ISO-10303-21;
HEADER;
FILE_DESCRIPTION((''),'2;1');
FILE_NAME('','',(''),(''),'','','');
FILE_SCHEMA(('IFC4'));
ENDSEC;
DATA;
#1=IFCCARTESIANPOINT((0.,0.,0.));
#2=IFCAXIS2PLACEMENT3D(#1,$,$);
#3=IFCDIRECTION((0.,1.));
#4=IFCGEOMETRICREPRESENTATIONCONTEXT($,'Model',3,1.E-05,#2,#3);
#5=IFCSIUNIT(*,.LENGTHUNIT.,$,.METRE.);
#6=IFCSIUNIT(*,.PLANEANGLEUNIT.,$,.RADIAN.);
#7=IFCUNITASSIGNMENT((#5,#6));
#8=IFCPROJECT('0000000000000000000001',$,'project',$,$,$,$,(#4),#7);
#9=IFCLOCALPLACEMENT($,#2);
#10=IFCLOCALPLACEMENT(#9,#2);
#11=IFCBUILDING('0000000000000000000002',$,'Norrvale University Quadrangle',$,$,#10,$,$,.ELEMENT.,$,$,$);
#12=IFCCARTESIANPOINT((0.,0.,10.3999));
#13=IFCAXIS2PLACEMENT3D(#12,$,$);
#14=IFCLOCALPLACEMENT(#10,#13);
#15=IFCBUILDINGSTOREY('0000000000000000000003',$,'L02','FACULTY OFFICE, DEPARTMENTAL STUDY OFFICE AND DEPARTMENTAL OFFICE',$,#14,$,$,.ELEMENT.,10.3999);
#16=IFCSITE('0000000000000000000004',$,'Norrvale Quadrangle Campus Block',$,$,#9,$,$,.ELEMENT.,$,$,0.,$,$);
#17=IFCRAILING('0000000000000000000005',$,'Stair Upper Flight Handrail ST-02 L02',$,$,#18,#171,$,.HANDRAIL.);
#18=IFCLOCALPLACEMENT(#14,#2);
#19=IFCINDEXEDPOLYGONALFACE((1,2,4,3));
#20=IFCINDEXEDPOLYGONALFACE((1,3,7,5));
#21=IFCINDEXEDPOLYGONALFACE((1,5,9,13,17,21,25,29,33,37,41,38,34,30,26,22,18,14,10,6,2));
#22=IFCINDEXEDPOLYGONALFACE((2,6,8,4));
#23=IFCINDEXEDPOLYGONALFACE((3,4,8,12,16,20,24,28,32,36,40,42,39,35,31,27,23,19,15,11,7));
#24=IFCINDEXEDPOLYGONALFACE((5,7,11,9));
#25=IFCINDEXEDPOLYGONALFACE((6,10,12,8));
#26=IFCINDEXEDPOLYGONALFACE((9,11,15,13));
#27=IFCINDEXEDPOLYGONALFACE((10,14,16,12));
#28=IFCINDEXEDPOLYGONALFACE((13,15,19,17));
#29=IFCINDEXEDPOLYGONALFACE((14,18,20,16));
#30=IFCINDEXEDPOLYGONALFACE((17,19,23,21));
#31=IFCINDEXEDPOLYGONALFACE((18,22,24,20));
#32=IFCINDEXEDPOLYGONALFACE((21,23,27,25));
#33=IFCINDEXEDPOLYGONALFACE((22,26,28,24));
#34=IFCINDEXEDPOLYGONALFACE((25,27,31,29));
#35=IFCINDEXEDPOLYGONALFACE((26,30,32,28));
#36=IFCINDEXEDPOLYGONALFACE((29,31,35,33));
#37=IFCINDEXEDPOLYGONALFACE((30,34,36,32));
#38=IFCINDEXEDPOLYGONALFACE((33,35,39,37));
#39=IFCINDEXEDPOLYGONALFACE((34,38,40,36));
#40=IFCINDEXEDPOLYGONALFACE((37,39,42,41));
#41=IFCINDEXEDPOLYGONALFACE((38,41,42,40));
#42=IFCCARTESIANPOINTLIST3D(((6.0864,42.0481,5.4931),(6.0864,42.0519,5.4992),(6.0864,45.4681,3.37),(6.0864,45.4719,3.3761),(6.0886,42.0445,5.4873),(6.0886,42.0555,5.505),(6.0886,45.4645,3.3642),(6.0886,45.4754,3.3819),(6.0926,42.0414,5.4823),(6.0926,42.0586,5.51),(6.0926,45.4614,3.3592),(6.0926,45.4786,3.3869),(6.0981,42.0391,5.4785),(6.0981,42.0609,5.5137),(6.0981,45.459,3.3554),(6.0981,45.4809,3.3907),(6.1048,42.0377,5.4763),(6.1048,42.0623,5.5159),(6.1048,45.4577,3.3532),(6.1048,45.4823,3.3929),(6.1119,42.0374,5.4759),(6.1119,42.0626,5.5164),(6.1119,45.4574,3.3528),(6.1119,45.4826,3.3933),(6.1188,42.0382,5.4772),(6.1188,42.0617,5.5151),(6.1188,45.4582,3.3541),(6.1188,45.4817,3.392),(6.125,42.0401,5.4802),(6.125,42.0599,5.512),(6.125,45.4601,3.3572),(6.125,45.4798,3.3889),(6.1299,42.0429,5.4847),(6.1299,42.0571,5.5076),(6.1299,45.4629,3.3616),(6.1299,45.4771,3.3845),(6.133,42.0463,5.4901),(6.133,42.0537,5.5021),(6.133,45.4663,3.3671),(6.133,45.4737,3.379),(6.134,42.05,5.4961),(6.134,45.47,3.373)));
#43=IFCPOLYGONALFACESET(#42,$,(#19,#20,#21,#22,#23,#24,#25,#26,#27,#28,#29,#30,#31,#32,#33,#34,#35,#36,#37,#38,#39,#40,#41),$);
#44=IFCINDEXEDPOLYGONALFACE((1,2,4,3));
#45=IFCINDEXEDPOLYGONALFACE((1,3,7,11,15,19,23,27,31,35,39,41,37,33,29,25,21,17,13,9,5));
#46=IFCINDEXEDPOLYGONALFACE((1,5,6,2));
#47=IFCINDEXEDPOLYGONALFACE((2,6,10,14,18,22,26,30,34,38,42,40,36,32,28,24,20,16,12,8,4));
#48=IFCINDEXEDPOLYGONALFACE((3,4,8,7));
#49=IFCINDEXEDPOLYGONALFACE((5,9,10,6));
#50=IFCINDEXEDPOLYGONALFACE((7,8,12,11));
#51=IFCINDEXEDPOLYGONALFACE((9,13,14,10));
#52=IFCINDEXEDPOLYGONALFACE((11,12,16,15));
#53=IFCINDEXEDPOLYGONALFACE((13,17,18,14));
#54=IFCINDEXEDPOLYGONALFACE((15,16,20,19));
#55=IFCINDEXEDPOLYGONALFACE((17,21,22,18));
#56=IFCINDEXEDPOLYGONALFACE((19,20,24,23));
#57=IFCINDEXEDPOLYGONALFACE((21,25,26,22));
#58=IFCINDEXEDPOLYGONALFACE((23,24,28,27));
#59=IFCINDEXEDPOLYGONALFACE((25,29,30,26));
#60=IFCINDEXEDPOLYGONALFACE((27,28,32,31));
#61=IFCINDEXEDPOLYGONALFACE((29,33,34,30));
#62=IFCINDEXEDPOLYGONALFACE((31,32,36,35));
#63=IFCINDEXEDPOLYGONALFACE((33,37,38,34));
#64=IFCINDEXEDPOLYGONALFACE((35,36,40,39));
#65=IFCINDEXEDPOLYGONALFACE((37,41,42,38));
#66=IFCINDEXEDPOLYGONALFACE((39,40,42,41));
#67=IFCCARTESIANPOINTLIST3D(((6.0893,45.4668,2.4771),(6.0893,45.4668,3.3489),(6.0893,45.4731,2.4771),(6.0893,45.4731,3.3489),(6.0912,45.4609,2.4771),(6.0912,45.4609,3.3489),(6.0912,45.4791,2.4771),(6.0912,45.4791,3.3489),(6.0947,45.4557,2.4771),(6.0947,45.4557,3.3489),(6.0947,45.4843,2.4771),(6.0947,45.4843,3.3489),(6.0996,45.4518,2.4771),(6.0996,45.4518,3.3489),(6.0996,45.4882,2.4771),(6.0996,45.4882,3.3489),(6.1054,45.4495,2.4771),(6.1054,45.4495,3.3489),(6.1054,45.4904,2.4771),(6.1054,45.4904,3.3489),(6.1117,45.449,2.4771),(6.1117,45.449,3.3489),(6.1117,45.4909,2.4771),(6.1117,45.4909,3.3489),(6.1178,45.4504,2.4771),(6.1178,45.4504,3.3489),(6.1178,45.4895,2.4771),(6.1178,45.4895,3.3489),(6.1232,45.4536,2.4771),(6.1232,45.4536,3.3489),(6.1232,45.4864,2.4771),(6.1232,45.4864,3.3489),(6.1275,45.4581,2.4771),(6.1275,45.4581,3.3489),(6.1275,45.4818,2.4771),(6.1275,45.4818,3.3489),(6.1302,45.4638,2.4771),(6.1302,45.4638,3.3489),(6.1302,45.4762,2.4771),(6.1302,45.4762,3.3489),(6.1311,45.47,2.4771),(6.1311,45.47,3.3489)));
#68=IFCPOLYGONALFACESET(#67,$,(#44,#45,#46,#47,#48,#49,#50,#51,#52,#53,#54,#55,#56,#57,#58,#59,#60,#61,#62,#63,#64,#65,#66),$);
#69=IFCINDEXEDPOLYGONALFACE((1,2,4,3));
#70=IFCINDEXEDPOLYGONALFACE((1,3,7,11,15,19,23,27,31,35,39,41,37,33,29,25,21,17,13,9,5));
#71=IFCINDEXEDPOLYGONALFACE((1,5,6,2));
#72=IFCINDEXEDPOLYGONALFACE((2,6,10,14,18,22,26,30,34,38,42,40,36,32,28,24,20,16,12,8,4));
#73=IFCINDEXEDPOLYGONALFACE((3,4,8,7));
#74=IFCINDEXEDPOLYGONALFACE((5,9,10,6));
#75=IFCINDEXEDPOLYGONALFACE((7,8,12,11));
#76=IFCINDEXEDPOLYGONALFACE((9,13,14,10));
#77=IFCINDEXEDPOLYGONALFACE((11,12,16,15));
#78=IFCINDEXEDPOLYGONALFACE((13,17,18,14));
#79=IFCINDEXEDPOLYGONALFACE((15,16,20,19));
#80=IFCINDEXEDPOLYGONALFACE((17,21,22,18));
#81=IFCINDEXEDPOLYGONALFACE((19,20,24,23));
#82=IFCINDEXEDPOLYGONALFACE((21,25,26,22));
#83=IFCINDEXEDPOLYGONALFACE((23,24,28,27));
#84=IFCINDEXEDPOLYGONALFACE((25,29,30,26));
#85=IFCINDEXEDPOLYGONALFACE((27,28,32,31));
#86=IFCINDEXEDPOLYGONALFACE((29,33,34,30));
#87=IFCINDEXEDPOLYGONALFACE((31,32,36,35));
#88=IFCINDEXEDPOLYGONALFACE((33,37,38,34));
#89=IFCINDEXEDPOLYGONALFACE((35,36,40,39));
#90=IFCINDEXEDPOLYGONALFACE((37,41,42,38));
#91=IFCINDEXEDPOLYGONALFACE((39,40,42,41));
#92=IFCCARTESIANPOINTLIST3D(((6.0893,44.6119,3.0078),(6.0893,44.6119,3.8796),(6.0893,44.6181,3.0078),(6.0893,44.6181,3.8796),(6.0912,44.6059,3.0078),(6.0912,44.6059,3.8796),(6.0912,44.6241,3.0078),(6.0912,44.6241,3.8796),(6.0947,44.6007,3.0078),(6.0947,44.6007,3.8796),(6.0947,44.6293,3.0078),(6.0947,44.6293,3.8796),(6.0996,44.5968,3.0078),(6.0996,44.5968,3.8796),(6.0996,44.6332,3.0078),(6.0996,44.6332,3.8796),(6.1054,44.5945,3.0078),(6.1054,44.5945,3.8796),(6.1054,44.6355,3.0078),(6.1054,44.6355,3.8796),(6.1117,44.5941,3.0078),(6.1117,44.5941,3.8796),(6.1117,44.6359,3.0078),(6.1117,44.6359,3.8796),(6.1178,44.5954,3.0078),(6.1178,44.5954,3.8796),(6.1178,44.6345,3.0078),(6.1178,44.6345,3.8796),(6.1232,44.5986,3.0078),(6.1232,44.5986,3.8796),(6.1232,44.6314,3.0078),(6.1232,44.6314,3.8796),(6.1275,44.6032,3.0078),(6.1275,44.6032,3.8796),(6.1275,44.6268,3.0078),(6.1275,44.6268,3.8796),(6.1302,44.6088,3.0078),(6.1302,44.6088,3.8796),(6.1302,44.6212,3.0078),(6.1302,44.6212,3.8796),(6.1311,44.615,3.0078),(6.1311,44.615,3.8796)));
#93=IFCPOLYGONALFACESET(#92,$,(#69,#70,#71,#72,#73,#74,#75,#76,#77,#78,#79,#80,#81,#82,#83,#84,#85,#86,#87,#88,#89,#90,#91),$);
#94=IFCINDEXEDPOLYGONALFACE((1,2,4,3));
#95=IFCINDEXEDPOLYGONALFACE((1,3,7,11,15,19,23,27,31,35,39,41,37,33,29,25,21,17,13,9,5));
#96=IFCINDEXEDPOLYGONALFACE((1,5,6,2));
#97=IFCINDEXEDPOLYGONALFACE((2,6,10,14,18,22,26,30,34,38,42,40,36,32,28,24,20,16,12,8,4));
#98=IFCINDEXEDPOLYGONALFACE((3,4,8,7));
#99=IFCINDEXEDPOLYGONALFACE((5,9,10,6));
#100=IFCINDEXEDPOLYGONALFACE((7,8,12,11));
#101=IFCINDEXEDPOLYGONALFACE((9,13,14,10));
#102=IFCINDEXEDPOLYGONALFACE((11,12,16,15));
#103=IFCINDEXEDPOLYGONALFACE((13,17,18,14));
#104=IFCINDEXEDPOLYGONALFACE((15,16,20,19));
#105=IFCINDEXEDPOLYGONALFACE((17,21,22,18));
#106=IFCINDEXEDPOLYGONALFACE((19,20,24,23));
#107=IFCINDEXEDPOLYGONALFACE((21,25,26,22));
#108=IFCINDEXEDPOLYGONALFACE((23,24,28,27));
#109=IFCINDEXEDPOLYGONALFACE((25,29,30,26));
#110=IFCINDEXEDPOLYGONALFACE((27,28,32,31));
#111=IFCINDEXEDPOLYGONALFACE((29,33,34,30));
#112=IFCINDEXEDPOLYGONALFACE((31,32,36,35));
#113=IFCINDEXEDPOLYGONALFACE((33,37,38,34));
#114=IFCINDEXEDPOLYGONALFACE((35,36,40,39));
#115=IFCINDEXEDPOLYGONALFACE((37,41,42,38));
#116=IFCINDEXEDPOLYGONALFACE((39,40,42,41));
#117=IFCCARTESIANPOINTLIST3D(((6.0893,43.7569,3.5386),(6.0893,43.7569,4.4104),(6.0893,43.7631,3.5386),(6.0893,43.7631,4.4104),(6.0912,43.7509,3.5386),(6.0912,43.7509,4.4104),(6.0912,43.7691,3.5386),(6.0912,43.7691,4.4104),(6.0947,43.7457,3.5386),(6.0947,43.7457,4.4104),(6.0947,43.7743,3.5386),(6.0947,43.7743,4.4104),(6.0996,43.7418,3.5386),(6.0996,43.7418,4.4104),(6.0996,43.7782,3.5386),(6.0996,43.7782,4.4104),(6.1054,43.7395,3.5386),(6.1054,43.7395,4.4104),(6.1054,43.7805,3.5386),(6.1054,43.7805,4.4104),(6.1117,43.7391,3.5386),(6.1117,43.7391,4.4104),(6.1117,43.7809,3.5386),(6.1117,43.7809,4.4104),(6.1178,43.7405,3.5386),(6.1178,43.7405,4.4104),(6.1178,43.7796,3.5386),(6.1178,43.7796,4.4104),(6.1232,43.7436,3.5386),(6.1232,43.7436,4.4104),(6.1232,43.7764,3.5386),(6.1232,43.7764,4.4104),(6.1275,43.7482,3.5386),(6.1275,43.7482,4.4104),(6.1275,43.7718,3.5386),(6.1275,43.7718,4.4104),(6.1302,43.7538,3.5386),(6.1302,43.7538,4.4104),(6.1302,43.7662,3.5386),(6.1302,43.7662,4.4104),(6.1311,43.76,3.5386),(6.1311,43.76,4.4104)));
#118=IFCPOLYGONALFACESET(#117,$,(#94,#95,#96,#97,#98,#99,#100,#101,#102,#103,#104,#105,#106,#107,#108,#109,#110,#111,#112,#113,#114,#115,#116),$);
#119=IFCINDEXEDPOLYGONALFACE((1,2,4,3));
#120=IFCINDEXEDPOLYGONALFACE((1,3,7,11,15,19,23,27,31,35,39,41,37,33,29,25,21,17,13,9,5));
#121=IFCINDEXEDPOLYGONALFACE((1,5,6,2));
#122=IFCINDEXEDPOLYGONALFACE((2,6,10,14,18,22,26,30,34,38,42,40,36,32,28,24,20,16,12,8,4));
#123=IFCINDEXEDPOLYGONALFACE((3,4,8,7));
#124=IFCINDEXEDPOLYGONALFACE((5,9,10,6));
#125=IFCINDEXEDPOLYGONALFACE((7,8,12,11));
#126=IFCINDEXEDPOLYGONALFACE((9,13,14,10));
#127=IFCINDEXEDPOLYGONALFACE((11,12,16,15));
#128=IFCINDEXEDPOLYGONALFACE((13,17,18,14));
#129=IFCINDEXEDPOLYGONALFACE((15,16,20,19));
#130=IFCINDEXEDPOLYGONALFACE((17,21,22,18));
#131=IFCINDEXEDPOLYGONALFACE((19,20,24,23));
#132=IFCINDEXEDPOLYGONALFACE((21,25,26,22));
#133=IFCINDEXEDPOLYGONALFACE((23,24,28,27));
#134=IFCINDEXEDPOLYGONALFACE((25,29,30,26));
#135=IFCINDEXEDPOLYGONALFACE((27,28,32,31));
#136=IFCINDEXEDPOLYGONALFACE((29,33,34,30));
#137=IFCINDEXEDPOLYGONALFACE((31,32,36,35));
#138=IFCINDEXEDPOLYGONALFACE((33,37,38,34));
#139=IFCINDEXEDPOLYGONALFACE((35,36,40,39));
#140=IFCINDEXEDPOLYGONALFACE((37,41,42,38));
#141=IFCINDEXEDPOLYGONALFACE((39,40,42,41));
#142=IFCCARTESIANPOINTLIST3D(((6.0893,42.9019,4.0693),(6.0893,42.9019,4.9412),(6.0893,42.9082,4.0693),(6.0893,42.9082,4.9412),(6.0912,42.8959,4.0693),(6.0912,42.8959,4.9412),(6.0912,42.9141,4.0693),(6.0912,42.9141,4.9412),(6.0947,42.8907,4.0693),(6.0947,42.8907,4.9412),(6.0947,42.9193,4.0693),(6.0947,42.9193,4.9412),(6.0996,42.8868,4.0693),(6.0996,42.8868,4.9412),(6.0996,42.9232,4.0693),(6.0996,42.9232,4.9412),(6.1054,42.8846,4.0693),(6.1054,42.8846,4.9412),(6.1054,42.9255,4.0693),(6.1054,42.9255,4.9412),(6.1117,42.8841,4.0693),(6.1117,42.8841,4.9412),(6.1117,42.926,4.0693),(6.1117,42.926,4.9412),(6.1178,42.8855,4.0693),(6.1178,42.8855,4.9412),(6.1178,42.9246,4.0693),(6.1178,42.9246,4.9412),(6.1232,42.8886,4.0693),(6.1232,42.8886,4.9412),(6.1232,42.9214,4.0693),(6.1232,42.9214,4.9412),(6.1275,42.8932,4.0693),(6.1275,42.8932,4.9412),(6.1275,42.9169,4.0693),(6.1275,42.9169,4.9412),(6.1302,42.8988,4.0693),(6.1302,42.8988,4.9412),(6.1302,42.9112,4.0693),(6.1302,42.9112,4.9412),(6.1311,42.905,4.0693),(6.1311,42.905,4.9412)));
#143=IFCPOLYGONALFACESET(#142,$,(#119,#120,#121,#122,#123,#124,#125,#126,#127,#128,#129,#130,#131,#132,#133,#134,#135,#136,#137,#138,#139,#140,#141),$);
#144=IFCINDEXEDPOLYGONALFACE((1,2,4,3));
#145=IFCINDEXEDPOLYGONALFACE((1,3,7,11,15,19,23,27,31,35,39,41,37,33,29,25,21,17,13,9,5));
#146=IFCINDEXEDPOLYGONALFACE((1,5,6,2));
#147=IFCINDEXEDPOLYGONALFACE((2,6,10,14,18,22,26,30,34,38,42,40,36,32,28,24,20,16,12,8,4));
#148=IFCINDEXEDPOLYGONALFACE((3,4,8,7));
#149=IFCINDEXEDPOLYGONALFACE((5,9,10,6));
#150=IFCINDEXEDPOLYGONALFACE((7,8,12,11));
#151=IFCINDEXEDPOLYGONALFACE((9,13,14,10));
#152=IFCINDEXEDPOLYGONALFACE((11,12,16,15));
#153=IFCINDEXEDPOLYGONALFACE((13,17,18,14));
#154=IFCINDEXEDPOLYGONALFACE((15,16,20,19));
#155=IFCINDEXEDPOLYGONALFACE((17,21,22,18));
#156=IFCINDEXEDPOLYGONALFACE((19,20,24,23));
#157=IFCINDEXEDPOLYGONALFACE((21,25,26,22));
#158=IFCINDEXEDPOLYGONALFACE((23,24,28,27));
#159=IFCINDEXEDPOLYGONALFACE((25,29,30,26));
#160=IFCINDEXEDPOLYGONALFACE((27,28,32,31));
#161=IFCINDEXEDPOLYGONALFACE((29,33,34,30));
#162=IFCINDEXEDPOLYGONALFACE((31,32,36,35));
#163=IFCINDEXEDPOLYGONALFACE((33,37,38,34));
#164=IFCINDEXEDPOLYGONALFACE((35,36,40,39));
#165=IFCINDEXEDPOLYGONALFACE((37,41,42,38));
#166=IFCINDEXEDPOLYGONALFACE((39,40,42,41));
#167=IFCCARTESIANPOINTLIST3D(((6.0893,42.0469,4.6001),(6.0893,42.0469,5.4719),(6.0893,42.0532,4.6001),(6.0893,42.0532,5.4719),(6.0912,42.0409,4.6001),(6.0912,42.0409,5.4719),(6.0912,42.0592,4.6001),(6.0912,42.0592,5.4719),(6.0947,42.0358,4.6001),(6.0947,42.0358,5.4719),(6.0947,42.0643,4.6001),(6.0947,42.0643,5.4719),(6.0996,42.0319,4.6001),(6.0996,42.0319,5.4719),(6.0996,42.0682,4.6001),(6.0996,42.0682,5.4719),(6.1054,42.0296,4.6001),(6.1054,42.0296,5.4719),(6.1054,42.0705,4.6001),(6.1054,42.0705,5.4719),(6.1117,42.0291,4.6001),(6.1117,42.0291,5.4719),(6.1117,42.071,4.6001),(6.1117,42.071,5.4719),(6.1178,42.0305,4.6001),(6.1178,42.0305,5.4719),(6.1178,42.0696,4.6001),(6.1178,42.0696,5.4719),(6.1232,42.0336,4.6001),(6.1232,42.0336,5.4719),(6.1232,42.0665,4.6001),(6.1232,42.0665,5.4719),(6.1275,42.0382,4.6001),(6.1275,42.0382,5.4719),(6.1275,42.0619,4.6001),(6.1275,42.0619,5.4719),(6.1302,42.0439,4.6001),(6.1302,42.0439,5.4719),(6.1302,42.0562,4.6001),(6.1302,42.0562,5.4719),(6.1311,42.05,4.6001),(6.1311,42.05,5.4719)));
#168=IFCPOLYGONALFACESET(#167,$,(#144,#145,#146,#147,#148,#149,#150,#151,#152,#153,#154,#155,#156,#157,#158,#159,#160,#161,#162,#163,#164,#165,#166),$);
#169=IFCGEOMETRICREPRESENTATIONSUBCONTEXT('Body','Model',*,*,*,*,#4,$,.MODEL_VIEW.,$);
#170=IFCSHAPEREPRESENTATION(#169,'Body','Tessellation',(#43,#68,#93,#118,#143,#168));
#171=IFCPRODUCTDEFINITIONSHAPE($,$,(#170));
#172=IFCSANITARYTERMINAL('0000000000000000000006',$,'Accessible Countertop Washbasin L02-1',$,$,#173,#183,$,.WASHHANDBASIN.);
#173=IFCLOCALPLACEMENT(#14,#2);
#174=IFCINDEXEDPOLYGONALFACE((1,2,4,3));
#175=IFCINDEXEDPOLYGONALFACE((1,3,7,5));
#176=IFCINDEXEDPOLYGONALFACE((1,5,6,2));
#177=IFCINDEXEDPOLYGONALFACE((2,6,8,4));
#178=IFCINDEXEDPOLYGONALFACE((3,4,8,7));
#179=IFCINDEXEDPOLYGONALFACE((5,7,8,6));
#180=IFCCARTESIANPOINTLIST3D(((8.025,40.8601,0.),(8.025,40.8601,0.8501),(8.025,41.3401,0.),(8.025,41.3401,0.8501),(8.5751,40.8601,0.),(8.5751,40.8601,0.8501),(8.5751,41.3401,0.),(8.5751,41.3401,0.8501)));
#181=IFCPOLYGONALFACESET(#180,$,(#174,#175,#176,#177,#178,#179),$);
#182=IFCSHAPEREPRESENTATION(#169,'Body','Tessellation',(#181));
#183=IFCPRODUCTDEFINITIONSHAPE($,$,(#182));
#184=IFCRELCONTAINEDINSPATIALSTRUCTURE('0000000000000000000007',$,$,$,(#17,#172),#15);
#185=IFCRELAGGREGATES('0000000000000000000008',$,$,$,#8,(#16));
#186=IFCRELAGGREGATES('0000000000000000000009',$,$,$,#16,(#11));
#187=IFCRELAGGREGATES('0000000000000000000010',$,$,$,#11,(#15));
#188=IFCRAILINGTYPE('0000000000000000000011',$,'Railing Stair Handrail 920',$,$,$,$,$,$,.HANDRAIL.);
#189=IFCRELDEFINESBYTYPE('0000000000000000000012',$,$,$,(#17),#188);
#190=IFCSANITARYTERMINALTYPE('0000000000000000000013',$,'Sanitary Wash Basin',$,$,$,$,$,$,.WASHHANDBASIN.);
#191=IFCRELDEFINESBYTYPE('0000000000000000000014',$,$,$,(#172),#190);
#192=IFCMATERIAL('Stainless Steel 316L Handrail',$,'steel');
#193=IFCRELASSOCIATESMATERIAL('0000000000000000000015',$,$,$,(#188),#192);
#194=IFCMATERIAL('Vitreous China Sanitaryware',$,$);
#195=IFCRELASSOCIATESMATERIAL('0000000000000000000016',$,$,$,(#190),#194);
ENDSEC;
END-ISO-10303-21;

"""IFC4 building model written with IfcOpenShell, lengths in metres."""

from ifc_helpers import new_model, si_unit, direction, frame, origin, origin_2d, place, context, subcontext, project, spatial, rectangle, circle, extrude, material, type_object, element, save


model = new_model("IFC4")

# Units and contexts
model_context = context("Model", 3, precision=1e-05, world=origin(), true_north=direction((0.0, 1.0)))
body_context = subcontext(model_context, "Body", "Model", "MODEL_VIEW")
ifc_project = project(units=[si_unit("LENGTHUNIT", "METRE"), si_unit("PLANEANGLEUNIT", "RADIAN")], contexts=[model_context])

# Site, building, storey
site_placement = place(None, origin())
site = spatial("IfcSite", under=ifc_project, at=site_placement, Name="Norrvale Quadrangle Campus Block", CompositionType="ELEMENT", RefElevation=0.0)
building_placement = place(site_placement, origin())
building = spatial("IfcBuilding", under=site, at=building_placement, Name="Norrvale University Quadrangle", CompositionType="ELEMENT")
storey_placement = place(building_placement, frame((0.0, 0.0, 10.3999)))
storey = spatial("IfcBuildingStorey", under=building, at=storey_placement, Name="L02", Description="FACULTY OFFICE, DEPARTMENTAL STUDY OFFICE AND DEPARTMENTAL OFFICE", CompositionType="ELEMENT", Elevation=10.3999)

# Railing
ifc_material_1 = material(Name="Stainless Steel 316L Handrail", Category="steel")
railing_type_1 = type_object("IfcRailingType", Name="Railing Stair Handrail 920", PredefinedType="HANDRAIL", material=ifc_material_1)
railing_1_placement = place(storey_placement, frame((6.1101, 45.47, 2.4771)))
element("IfcRailing", 1, at=railing_1_placement, inside=storey, type_object=railing_type_1, Name="Stair Upper Flight Handrail ST-02 L02", PredefinedType="HANDRAIL", context=body_context, shape_type="SweptSolid", body=[
    extrude(circle(Radius=0.0239, at=origin_2d()), frame((0.0, 0.0, 0.896), z_axis=(0.0, -0.849603, 0.527423), x_axis=(1.0, 0.0, 0.0)), (0.0, 0.0, 1.0), 4.0254),
    extrude(circle(Radius=0.021, at=origin_2d()), origin(), (0.0, 0.0, 1.0), 0.8718),
    extrude(circle(Radius=0.021, at=origin_2d()), frame((0.0, -0.855, 0.5308)), (0.0, 0.0, 1.0), 0.8718),
    extrude(circle(Radius=0.021, at=origin_2d()), frame((0.0, -1.71, 1.0615)), (0.0, 0.0, 1.0), 0.8718),
    extrude(circle(Radius=0.021, at=origin_2d()), frame((0.0, -2.5649, 1.5923)), (0.0, 0.0, 1.0), 0.8718),
    extrude(circle(Radius=0.021, at=origin_2d()), frame((0.0, -3.4199, 2.123)), (0.0, 0.0, 1.0), 0.8718),
])

# Sanitary terminal
ifc_material_2 = material(Name="Vitreous China Sanitaryware")
sanitary_terminal_type = type_object("IfcSanitaryTerminalType", Name="Sanitary Wash Basin", PredefinedType="WASHHANDBASIN", material=ifc_material_2)
sanitary_terminal_placement = place(storey_placement, frame((8.3, 41.1001, 0.0), z_axis=(0.0, 0.0, 1.0), x_axis=(1.0, 0.0, 0.0)))
element("IfcSanitaryTerminal", 2, at=sanitary_terminal_placement, inside=storey, type_object=sanitary_terminal_type, Name="Accessible Countertop Washbasin L02-1", PredefinedType="WASHHANDBASIN", context=body_context, shape_type="SweptSolid", body=[
    extrude(rectangle(XDim=0.55, YDim=0.48, at=origin_2d()), origin(), (0.0, 0.0, 1.0), 0.8501),
])

save(model, "model.ifc")
